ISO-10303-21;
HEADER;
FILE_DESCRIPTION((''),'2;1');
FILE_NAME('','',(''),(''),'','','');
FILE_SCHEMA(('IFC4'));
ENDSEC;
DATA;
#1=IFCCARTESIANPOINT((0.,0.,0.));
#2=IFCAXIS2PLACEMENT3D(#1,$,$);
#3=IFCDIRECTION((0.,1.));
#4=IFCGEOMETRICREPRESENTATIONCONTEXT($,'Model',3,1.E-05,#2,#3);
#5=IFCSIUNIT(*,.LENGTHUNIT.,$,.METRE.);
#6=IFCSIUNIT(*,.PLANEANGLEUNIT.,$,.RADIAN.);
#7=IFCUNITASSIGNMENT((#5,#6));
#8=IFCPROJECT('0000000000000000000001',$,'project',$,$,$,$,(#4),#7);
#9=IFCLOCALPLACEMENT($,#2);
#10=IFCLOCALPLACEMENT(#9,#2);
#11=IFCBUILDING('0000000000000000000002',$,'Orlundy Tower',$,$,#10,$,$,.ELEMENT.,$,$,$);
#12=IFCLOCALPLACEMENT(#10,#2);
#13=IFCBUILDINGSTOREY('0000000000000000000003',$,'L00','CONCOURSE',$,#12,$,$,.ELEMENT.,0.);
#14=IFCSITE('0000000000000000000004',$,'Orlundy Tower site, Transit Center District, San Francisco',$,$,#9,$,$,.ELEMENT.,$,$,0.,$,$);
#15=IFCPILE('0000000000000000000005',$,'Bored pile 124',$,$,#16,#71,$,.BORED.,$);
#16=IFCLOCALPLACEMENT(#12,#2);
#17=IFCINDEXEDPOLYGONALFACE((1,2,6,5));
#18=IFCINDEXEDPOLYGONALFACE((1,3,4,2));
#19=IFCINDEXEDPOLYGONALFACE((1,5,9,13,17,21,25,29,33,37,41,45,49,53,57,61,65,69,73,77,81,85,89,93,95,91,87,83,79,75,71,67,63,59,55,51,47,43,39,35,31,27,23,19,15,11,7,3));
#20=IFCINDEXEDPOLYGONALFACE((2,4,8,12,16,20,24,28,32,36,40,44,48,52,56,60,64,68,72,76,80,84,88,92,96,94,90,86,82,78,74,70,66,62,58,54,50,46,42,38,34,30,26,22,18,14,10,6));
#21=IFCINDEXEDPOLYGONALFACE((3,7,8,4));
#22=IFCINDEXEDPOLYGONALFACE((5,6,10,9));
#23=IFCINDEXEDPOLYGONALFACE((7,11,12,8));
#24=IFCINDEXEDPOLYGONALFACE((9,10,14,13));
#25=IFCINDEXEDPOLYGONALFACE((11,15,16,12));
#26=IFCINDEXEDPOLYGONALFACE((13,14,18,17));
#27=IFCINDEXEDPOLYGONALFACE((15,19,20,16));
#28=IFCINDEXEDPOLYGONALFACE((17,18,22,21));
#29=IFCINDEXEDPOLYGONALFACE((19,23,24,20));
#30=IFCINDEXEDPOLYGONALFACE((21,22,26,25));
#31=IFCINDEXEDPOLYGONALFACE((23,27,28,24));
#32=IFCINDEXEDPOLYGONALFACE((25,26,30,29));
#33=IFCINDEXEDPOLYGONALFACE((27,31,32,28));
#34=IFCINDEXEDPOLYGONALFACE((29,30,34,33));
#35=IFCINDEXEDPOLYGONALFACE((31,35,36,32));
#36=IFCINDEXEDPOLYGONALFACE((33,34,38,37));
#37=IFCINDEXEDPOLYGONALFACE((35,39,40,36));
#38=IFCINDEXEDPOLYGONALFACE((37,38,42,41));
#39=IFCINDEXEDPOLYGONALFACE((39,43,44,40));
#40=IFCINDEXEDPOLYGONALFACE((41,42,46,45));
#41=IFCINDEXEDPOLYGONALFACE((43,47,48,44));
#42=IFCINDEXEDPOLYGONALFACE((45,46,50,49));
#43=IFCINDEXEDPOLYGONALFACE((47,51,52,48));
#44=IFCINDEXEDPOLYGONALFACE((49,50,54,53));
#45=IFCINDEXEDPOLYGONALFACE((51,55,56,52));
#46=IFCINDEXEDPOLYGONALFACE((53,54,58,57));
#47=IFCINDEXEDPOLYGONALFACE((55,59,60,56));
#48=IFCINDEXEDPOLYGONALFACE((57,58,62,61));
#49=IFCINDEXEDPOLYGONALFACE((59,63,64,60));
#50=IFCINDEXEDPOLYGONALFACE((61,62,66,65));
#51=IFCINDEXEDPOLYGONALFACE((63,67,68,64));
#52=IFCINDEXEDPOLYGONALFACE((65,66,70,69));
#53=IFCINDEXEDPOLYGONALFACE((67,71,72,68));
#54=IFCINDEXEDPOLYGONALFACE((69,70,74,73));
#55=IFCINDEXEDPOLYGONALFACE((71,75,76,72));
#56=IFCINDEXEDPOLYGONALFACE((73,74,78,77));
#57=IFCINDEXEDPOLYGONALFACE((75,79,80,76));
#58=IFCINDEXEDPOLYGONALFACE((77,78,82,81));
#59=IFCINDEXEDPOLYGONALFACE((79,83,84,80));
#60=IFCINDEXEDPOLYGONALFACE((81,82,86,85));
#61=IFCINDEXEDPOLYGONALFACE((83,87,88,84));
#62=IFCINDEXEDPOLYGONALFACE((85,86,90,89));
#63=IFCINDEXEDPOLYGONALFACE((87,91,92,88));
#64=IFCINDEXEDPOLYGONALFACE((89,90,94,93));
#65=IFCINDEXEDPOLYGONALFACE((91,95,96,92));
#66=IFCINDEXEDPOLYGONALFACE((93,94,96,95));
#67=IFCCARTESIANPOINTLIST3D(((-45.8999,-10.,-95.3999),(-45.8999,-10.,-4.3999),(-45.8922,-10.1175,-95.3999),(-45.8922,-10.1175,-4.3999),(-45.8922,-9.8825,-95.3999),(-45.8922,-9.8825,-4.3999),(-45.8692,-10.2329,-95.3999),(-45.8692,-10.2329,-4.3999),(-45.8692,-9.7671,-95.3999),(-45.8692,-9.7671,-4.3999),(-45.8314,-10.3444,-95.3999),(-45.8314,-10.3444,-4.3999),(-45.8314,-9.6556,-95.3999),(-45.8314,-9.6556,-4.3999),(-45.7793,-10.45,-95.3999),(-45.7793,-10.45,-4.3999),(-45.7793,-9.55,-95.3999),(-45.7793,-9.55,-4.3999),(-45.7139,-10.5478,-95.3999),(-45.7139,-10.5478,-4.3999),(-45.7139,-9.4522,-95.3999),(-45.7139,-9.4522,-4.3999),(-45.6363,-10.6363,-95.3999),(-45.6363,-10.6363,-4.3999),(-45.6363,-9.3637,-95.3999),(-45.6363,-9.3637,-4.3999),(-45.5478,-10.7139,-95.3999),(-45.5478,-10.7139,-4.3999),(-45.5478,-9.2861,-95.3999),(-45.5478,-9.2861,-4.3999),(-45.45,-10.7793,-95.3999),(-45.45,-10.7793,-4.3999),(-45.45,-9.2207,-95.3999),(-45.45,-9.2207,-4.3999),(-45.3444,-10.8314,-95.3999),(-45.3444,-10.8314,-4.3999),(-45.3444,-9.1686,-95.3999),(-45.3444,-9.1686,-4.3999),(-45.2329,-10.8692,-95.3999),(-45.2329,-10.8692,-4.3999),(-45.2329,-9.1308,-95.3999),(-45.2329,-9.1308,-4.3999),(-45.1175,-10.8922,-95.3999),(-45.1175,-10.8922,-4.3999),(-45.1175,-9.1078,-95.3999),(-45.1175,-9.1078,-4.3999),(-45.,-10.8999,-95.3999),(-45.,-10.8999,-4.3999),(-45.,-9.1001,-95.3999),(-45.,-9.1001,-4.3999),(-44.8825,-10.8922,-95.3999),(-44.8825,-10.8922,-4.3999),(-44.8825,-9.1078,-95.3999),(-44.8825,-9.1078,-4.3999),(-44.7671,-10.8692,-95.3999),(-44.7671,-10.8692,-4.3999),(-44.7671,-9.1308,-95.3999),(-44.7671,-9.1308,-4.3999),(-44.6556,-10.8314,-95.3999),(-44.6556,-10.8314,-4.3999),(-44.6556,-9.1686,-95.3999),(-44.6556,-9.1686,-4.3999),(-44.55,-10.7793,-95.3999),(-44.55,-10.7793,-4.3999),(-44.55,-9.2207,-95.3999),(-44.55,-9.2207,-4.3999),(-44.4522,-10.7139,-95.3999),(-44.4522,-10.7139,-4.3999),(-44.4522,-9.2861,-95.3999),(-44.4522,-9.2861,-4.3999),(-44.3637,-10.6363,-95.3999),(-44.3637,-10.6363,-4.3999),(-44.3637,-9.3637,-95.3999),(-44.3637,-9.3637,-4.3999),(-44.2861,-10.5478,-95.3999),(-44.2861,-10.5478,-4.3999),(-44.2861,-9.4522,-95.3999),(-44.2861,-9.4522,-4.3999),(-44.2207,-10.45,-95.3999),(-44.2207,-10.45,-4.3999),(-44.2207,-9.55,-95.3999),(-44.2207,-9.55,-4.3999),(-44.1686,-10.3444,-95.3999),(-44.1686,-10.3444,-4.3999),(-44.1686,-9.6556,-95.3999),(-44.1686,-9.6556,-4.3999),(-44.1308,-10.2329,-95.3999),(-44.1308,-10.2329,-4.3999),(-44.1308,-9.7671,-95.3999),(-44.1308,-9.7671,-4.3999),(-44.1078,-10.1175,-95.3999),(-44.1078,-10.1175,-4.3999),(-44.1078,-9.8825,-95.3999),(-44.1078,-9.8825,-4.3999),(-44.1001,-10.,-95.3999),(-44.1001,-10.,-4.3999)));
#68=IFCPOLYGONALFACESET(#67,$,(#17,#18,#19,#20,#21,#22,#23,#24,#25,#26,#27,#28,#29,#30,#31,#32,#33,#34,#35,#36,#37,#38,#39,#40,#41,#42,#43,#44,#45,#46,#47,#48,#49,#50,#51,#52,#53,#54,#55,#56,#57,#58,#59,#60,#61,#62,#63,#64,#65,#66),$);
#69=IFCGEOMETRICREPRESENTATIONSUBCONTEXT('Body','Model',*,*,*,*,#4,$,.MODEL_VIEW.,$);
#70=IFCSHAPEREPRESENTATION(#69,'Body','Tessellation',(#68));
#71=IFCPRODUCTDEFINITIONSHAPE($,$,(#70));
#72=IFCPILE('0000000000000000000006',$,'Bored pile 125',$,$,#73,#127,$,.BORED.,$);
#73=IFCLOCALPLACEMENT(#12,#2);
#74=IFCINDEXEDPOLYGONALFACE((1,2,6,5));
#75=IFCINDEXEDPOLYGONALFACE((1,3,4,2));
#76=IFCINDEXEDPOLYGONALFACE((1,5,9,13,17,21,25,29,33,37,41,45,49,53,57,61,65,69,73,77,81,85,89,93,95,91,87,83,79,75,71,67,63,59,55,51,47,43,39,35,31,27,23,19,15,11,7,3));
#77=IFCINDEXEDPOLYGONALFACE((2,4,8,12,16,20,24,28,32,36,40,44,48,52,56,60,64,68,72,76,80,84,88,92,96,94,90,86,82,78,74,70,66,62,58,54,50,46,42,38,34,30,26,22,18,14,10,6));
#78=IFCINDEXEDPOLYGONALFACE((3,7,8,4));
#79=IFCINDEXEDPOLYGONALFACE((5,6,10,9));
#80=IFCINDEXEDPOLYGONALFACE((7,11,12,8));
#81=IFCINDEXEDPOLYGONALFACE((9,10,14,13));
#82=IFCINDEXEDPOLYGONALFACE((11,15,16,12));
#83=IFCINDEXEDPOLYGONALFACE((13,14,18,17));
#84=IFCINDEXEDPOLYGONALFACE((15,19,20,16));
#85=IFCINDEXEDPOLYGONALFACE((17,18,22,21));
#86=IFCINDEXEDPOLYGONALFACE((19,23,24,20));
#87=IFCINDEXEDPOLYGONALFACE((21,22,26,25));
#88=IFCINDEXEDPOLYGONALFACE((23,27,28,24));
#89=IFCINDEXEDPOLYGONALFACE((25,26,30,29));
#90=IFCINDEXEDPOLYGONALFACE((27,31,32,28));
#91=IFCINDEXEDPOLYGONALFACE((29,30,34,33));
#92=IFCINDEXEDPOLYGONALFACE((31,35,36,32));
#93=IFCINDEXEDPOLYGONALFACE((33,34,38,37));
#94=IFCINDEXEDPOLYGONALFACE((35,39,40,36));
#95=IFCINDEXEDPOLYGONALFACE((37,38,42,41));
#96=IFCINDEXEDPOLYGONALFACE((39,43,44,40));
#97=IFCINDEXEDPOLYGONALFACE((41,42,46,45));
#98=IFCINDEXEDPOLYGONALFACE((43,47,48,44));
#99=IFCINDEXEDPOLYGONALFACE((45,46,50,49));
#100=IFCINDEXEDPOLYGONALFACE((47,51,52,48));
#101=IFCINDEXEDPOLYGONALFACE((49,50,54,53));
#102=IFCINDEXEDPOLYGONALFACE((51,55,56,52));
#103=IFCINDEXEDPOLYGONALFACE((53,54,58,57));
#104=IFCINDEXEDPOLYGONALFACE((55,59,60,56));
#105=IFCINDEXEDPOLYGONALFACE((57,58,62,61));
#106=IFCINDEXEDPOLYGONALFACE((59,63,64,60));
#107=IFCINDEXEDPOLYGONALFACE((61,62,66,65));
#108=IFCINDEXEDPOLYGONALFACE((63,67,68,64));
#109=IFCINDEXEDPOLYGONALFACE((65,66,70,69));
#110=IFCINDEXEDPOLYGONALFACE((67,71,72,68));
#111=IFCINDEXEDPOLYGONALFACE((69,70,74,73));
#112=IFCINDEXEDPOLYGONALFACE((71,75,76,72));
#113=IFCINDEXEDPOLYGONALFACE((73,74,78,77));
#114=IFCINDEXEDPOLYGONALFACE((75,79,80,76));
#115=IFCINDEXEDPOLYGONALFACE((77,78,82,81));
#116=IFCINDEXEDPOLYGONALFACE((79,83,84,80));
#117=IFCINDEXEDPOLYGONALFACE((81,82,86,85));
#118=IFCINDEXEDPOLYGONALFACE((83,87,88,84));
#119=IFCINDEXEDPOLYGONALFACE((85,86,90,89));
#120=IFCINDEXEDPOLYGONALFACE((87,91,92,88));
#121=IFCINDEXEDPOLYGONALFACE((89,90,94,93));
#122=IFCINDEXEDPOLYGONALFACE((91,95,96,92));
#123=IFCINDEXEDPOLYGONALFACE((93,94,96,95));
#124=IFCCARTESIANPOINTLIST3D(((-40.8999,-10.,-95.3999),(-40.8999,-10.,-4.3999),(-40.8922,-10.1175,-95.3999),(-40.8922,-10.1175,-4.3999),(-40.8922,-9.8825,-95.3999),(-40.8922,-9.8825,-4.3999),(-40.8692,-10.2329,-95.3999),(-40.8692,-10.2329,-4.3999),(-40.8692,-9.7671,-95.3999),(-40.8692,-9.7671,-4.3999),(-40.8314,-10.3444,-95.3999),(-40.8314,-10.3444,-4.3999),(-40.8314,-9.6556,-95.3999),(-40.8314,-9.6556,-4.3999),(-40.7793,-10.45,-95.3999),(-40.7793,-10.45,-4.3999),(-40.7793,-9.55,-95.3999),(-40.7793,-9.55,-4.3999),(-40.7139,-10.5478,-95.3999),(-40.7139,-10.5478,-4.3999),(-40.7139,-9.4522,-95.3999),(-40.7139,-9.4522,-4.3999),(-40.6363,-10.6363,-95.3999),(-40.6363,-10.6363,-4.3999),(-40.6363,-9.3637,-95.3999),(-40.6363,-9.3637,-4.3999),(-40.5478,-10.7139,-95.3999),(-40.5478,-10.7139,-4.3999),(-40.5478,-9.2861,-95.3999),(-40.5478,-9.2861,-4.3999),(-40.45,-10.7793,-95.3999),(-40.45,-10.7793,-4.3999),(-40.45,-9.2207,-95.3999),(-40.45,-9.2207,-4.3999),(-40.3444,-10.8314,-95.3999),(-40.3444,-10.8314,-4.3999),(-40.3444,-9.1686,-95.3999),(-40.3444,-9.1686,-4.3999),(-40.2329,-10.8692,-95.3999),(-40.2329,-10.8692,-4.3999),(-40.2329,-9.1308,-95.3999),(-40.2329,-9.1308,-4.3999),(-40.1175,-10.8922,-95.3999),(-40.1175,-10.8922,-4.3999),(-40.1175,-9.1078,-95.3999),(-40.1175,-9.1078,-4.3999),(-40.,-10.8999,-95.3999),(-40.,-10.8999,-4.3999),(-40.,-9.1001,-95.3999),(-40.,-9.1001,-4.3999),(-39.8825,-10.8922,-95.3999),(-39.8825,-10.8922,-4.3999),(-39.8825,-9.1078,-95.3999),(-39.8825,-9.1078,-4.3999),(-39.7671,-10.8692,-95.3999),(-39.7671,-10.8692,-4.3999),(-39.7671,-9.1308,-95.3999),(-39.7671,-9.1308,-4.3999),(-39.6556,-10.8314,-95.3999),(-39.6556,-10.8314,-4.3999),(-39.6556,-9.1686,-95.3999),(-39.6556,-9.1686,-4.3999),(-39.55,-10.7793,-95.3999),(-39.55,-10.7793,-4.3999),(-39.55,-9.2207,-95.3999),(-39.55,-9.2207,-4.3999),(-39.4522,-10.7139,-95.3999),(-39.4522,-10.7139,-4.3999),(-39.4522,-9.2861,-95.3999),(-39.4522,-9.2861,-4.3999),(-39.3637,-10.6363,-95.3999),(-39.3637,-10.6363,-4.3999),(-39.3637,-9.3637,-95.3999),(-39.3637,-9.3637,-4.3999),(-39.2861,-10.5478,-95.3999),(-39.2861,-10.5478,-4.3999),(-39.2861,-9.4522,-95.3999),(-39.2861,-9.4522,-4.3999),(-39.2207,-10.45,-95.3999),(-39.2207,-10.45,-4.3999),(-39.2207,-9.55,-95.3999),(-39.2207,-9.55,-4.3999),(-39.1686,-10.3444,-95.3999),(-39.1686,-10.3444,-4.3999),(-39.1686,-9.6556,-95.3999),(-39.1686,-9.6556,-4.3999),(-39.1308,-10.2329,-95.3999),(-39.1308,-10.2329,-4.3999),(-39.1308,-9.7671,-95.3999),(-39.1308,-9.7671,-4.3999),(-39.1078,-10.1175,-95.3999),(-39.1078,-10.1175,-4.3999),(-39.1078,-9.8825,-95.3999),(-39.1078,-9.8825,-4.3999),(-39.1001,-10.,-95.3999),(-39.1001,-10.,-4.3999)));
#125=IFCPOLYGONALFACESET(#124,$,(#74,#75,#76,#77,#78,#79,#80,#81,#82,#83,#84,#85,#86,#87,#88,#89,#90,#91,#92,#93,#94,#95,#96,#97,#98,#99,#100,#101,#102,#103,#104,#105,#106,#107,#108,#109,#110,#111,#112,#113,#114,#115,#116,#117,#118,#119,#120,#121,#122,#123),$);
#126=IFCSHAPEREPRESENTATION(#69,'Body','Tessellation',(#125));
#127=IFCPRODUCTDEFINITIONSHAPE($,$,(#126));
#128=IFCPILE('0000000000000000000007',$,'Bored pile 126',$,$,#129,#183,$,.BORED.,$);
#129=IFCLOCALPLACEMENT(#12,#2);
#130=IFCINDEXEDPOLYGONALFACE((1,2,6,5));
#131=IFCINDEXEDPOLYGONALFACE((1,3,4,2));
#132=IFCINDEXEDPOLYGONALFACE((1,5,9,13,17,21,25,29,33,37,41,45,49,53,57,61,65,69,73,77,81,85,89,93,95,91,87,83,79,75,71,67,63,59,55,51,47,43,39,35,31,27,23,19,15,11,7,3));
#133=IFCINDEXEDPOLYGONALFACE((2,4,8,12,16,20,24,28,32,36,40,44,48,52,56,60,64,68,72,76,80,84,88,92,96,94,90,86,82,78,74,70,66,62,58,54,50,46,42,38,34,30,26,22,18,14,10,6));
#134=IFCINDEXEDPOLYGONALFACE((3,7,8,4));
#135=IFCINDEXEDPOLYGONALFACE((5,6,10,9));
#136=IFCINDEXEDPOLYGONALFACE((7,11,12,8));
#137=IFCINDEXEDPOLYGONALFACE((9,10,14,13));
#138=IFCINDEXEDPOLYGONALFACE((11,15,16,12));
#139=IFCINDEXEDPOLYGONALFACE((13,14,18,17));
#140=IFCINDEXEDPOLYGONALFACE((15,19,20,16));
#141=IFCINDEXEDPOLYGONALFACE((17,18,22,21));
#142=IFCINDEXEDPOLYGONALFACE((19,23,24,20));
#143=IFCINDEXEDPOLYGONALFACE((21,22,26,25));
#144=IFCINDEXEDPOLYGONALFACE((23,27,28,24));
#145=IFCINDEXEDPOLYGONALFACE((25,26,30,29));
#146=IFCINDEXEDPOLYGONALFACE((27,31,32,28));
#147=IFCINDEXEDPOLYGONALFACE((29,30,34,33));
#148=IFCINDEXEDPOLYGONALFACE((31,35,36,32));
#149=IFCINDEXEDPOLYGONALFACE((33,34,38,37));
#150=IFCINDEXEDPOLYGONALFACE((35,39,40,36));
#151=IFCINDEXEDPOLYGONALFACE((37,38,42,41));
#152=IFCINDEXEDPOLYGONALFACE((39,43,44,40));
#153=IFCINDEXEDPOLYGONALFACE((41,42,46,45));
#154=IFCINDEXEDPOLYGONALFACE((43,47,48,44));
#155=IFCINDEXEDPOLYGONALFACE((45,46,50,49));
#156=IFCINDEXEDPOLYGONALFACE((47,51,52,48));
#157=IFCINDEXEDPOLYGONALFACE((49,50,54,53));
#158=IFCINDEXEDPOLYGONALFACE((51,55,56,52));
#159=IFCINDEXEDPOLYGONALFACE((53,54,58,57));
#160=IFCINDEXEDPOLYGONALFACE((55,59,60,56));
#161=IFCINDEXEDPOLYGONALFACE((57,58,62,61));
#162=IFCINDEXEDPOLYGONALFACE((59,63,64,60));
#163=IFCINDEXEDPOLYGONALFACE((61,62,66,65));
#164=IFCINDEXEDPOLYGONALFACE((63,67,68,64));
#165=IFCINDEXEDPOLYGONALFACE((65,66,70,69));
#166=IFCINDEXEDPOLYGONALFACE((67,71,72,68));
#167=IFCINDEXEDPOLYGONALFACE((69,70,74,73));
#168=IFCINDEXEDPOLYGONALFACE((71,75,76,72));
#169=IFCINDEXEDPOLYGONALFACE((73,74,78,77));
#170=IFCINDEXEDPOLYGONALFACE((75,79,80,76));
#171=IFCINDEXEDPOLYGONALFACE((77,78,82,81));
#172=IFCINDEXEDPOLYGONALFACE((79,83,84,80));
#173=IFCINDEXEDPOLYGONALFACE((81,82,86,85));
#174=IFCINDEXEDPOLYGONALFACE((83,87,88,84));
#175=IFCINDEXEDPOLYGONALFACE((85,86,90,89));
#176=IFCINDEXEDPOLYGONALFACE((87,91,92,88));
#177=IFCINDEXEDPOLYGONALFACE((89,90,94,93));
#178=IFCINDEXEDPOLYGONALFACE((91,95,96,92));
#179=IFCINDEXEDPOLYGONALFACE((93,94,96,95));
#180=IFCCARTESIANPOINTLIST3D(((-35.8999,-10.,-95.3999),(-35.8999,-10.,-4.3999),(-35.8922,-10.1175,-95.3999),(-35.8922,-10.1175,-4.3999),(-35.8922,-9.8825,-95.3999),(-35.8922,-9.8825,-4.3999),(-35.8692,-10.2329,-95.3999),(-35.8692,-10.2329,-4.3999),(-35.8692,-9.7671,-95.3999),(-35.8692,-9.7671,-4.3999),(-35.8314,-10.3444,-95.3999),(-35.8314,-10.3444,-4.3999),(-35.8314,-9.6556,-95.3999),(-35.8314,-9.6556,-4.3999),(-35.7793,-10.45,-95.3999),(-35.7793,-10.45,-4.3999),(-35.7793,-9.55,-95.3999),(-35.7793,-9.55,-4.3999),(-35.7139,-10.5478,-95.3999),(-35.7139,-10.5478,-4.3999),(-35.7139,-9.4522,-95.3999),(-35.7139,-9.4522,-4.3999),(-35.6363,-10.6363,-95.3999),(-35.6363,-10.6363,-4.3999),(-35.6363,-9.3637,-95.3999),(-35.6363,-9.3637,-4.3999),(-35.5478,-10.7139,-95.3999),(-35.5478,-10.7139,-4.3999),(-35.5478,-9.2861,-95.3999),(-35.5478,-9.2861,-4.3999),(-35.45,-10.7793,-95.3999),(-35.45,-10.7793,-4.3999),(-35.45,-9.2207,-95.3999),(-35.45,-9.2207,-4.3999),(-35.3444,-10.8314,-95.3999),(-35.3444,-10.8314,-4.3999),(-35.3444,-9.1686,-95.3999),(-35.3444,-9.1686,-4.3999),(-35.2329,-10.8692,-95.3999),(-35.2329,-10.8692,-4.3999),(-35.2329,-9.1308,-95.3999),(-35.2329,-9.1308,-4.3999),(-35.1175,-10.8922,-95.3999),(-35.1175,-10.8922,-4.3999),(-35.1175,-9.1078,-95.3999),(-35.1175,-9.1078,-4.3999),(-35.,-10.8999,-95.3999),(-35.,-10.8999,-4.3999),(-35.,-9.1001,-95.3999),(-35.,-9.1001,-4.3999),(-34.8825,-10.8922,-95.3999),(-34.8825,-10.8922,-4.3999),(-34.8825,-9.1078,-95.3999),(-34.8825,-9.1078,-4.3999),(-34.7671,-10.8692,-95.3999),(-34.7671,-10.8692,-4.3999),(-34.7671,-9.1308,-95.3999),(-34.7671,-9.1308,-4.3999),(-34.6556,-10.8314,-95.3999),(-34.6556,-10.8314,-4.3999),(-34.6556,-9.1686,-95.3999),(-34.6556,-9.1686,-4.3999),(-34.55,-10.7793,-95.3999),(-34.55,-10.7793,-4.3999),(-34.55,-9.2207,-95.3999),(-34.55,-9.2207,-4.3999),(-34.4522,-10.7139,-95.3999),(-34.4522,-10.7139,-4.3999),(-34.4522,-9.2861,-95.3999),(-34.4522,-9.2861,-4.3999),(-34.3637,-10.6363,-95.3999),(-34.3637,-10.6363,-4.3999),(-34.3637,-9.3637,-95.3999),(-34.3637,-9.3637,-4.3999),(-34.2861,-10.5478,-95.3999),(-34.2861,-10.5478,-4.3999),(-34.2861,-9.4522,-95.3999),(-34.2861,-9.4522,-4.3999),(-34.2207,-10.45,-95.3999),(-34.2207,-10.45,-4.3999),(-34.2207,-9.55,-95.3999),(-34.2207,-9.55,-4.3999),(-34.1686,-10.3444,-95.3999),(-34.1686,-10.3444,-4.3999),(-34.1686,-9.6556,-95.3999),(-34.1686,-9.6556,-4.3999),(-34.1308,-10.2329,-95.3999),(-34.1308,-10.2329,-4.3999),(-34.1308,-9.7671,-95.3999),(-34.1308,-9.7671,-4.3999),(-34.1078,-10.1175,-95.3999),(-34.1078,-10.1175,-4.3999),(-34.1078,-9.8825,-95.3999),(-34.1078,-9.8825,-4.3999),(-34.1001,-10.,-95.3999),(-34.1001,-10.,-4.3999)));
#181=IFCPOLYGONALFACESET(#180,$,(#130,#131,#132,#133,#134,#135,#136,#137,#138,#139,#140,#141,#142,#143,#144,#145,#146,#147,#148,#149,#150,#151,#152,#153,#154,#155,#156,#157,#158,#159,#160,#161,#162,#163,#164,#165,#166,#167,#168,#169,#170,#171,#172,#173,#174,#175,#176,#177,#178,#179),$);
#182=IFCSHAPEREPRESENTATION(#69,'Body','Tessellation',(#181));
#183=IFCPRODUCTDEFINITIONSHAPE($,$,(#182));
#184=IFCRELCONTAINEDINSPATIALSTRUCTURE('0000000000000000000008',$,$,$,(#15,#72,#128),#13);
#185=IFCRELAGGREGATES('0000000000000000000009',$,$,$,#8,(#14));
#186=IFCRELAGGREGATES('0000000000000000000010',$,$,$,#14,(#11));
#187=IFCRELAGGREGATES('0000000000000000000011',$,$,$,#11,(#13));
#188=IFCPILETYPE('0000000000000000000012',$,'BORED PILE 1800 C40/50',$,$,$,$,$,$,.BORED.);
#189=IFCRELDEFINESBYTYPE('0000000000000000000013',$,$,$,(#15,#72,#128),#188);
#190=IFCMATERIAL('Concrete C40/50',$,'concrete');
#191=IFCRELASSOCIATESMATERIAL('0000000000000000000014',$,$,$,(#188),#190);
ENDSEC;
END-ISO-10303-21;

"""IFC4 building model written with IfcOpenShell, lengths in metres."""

from ifc_helpers import new_model, si_unit, direction, frame, origin, origin_2d, place, context, subcontext, project, spatial, circle, extrude, material, material_profile, profile_set, type_object, element, save


model = new_model("IFC4")

# Units and contexts
model_context = context("Model", 3, precision=1e-05, world=origin(), true_north=direction((0.0, 1.0)))
body_context = subcontext(model_context, "Body", "Model", "MODEL_VIEW")
ifc_project = project(units=[si_unit("LENGTHUNIT", "METRE"), si_unit("PLANEANGLEUNIT", "RADIAN")], contexts=[model_context])

# Site, building, storey
site_placement = place(None, origin())
site = spatial("IfcSite", under=ifc_project, at=site_placement, Name="Orlundy Tower site, Transit Center District, San Francisco", CompositionType="ELEMENT", RefElevation=0.0)
building_placement = place(site_placement, origin())
building = spatial("IfcBuilding", under=site, at=building_placement, Name="Orlundy Tower", CompositionType="ELEMENT")
storey_placement = place(building_placement, origin())
storey = spatial("IfcBuildingStorey", under=building, at=storey_placement, Name="L00", Description="CONCOURSE", CompositionType="ELEMENT", Elevation=0.0)

# Piles
ifc_material_1 = material(Name="Concrete C40/50", Category="concrete")
ifc_material_profile_1 = material_profile(ifc_material_1, circle(Radius=0.8999, at=origin_2d()), Name="BP1800")
ifc_profile_set_1 = profile_set([ifc_material_profile_1], Name="Concrete C40/50")
pile_type = type_object("IfcPileType", Name="BORED PILE 1800 C40/50", PredefinedType="BORED", material=ifc_profile_set_1)
for number, where, z_axis, x_axis, name in (
    (1, (-45.0, -10.0, -4.3999), (0.0, 0.0, -1.0), (1.0, 0.0, 0.0), "Bored pile 124"),
    (2, (-40.0, -10.0, -4.3999), (0.0, 0.0, -1.0), (1.0, 0.0, 0.0), "Bored pile 125"),
    (3, (-35.0, -10.0, -4.3999), (0.0, 0.0, -1.0), (1.0, 0.0, 0.0), "Bored pile 126"),
):
    element("IfcPile", number, at=place(storey_placement, frame(where, z_axis=z_axis, x_axis=x_axis)), inside=storey, type_object=pile_type, Name=name, PredefinedType="BORED", context=body_context, shape_type="SweptSolid", body=[
        extrude(circle(Radius=0.8999, at=origin_2d()), origin(), (0.0, 0.0, 1.0), 91.0),
    ])

save(model, "model.ifc")
